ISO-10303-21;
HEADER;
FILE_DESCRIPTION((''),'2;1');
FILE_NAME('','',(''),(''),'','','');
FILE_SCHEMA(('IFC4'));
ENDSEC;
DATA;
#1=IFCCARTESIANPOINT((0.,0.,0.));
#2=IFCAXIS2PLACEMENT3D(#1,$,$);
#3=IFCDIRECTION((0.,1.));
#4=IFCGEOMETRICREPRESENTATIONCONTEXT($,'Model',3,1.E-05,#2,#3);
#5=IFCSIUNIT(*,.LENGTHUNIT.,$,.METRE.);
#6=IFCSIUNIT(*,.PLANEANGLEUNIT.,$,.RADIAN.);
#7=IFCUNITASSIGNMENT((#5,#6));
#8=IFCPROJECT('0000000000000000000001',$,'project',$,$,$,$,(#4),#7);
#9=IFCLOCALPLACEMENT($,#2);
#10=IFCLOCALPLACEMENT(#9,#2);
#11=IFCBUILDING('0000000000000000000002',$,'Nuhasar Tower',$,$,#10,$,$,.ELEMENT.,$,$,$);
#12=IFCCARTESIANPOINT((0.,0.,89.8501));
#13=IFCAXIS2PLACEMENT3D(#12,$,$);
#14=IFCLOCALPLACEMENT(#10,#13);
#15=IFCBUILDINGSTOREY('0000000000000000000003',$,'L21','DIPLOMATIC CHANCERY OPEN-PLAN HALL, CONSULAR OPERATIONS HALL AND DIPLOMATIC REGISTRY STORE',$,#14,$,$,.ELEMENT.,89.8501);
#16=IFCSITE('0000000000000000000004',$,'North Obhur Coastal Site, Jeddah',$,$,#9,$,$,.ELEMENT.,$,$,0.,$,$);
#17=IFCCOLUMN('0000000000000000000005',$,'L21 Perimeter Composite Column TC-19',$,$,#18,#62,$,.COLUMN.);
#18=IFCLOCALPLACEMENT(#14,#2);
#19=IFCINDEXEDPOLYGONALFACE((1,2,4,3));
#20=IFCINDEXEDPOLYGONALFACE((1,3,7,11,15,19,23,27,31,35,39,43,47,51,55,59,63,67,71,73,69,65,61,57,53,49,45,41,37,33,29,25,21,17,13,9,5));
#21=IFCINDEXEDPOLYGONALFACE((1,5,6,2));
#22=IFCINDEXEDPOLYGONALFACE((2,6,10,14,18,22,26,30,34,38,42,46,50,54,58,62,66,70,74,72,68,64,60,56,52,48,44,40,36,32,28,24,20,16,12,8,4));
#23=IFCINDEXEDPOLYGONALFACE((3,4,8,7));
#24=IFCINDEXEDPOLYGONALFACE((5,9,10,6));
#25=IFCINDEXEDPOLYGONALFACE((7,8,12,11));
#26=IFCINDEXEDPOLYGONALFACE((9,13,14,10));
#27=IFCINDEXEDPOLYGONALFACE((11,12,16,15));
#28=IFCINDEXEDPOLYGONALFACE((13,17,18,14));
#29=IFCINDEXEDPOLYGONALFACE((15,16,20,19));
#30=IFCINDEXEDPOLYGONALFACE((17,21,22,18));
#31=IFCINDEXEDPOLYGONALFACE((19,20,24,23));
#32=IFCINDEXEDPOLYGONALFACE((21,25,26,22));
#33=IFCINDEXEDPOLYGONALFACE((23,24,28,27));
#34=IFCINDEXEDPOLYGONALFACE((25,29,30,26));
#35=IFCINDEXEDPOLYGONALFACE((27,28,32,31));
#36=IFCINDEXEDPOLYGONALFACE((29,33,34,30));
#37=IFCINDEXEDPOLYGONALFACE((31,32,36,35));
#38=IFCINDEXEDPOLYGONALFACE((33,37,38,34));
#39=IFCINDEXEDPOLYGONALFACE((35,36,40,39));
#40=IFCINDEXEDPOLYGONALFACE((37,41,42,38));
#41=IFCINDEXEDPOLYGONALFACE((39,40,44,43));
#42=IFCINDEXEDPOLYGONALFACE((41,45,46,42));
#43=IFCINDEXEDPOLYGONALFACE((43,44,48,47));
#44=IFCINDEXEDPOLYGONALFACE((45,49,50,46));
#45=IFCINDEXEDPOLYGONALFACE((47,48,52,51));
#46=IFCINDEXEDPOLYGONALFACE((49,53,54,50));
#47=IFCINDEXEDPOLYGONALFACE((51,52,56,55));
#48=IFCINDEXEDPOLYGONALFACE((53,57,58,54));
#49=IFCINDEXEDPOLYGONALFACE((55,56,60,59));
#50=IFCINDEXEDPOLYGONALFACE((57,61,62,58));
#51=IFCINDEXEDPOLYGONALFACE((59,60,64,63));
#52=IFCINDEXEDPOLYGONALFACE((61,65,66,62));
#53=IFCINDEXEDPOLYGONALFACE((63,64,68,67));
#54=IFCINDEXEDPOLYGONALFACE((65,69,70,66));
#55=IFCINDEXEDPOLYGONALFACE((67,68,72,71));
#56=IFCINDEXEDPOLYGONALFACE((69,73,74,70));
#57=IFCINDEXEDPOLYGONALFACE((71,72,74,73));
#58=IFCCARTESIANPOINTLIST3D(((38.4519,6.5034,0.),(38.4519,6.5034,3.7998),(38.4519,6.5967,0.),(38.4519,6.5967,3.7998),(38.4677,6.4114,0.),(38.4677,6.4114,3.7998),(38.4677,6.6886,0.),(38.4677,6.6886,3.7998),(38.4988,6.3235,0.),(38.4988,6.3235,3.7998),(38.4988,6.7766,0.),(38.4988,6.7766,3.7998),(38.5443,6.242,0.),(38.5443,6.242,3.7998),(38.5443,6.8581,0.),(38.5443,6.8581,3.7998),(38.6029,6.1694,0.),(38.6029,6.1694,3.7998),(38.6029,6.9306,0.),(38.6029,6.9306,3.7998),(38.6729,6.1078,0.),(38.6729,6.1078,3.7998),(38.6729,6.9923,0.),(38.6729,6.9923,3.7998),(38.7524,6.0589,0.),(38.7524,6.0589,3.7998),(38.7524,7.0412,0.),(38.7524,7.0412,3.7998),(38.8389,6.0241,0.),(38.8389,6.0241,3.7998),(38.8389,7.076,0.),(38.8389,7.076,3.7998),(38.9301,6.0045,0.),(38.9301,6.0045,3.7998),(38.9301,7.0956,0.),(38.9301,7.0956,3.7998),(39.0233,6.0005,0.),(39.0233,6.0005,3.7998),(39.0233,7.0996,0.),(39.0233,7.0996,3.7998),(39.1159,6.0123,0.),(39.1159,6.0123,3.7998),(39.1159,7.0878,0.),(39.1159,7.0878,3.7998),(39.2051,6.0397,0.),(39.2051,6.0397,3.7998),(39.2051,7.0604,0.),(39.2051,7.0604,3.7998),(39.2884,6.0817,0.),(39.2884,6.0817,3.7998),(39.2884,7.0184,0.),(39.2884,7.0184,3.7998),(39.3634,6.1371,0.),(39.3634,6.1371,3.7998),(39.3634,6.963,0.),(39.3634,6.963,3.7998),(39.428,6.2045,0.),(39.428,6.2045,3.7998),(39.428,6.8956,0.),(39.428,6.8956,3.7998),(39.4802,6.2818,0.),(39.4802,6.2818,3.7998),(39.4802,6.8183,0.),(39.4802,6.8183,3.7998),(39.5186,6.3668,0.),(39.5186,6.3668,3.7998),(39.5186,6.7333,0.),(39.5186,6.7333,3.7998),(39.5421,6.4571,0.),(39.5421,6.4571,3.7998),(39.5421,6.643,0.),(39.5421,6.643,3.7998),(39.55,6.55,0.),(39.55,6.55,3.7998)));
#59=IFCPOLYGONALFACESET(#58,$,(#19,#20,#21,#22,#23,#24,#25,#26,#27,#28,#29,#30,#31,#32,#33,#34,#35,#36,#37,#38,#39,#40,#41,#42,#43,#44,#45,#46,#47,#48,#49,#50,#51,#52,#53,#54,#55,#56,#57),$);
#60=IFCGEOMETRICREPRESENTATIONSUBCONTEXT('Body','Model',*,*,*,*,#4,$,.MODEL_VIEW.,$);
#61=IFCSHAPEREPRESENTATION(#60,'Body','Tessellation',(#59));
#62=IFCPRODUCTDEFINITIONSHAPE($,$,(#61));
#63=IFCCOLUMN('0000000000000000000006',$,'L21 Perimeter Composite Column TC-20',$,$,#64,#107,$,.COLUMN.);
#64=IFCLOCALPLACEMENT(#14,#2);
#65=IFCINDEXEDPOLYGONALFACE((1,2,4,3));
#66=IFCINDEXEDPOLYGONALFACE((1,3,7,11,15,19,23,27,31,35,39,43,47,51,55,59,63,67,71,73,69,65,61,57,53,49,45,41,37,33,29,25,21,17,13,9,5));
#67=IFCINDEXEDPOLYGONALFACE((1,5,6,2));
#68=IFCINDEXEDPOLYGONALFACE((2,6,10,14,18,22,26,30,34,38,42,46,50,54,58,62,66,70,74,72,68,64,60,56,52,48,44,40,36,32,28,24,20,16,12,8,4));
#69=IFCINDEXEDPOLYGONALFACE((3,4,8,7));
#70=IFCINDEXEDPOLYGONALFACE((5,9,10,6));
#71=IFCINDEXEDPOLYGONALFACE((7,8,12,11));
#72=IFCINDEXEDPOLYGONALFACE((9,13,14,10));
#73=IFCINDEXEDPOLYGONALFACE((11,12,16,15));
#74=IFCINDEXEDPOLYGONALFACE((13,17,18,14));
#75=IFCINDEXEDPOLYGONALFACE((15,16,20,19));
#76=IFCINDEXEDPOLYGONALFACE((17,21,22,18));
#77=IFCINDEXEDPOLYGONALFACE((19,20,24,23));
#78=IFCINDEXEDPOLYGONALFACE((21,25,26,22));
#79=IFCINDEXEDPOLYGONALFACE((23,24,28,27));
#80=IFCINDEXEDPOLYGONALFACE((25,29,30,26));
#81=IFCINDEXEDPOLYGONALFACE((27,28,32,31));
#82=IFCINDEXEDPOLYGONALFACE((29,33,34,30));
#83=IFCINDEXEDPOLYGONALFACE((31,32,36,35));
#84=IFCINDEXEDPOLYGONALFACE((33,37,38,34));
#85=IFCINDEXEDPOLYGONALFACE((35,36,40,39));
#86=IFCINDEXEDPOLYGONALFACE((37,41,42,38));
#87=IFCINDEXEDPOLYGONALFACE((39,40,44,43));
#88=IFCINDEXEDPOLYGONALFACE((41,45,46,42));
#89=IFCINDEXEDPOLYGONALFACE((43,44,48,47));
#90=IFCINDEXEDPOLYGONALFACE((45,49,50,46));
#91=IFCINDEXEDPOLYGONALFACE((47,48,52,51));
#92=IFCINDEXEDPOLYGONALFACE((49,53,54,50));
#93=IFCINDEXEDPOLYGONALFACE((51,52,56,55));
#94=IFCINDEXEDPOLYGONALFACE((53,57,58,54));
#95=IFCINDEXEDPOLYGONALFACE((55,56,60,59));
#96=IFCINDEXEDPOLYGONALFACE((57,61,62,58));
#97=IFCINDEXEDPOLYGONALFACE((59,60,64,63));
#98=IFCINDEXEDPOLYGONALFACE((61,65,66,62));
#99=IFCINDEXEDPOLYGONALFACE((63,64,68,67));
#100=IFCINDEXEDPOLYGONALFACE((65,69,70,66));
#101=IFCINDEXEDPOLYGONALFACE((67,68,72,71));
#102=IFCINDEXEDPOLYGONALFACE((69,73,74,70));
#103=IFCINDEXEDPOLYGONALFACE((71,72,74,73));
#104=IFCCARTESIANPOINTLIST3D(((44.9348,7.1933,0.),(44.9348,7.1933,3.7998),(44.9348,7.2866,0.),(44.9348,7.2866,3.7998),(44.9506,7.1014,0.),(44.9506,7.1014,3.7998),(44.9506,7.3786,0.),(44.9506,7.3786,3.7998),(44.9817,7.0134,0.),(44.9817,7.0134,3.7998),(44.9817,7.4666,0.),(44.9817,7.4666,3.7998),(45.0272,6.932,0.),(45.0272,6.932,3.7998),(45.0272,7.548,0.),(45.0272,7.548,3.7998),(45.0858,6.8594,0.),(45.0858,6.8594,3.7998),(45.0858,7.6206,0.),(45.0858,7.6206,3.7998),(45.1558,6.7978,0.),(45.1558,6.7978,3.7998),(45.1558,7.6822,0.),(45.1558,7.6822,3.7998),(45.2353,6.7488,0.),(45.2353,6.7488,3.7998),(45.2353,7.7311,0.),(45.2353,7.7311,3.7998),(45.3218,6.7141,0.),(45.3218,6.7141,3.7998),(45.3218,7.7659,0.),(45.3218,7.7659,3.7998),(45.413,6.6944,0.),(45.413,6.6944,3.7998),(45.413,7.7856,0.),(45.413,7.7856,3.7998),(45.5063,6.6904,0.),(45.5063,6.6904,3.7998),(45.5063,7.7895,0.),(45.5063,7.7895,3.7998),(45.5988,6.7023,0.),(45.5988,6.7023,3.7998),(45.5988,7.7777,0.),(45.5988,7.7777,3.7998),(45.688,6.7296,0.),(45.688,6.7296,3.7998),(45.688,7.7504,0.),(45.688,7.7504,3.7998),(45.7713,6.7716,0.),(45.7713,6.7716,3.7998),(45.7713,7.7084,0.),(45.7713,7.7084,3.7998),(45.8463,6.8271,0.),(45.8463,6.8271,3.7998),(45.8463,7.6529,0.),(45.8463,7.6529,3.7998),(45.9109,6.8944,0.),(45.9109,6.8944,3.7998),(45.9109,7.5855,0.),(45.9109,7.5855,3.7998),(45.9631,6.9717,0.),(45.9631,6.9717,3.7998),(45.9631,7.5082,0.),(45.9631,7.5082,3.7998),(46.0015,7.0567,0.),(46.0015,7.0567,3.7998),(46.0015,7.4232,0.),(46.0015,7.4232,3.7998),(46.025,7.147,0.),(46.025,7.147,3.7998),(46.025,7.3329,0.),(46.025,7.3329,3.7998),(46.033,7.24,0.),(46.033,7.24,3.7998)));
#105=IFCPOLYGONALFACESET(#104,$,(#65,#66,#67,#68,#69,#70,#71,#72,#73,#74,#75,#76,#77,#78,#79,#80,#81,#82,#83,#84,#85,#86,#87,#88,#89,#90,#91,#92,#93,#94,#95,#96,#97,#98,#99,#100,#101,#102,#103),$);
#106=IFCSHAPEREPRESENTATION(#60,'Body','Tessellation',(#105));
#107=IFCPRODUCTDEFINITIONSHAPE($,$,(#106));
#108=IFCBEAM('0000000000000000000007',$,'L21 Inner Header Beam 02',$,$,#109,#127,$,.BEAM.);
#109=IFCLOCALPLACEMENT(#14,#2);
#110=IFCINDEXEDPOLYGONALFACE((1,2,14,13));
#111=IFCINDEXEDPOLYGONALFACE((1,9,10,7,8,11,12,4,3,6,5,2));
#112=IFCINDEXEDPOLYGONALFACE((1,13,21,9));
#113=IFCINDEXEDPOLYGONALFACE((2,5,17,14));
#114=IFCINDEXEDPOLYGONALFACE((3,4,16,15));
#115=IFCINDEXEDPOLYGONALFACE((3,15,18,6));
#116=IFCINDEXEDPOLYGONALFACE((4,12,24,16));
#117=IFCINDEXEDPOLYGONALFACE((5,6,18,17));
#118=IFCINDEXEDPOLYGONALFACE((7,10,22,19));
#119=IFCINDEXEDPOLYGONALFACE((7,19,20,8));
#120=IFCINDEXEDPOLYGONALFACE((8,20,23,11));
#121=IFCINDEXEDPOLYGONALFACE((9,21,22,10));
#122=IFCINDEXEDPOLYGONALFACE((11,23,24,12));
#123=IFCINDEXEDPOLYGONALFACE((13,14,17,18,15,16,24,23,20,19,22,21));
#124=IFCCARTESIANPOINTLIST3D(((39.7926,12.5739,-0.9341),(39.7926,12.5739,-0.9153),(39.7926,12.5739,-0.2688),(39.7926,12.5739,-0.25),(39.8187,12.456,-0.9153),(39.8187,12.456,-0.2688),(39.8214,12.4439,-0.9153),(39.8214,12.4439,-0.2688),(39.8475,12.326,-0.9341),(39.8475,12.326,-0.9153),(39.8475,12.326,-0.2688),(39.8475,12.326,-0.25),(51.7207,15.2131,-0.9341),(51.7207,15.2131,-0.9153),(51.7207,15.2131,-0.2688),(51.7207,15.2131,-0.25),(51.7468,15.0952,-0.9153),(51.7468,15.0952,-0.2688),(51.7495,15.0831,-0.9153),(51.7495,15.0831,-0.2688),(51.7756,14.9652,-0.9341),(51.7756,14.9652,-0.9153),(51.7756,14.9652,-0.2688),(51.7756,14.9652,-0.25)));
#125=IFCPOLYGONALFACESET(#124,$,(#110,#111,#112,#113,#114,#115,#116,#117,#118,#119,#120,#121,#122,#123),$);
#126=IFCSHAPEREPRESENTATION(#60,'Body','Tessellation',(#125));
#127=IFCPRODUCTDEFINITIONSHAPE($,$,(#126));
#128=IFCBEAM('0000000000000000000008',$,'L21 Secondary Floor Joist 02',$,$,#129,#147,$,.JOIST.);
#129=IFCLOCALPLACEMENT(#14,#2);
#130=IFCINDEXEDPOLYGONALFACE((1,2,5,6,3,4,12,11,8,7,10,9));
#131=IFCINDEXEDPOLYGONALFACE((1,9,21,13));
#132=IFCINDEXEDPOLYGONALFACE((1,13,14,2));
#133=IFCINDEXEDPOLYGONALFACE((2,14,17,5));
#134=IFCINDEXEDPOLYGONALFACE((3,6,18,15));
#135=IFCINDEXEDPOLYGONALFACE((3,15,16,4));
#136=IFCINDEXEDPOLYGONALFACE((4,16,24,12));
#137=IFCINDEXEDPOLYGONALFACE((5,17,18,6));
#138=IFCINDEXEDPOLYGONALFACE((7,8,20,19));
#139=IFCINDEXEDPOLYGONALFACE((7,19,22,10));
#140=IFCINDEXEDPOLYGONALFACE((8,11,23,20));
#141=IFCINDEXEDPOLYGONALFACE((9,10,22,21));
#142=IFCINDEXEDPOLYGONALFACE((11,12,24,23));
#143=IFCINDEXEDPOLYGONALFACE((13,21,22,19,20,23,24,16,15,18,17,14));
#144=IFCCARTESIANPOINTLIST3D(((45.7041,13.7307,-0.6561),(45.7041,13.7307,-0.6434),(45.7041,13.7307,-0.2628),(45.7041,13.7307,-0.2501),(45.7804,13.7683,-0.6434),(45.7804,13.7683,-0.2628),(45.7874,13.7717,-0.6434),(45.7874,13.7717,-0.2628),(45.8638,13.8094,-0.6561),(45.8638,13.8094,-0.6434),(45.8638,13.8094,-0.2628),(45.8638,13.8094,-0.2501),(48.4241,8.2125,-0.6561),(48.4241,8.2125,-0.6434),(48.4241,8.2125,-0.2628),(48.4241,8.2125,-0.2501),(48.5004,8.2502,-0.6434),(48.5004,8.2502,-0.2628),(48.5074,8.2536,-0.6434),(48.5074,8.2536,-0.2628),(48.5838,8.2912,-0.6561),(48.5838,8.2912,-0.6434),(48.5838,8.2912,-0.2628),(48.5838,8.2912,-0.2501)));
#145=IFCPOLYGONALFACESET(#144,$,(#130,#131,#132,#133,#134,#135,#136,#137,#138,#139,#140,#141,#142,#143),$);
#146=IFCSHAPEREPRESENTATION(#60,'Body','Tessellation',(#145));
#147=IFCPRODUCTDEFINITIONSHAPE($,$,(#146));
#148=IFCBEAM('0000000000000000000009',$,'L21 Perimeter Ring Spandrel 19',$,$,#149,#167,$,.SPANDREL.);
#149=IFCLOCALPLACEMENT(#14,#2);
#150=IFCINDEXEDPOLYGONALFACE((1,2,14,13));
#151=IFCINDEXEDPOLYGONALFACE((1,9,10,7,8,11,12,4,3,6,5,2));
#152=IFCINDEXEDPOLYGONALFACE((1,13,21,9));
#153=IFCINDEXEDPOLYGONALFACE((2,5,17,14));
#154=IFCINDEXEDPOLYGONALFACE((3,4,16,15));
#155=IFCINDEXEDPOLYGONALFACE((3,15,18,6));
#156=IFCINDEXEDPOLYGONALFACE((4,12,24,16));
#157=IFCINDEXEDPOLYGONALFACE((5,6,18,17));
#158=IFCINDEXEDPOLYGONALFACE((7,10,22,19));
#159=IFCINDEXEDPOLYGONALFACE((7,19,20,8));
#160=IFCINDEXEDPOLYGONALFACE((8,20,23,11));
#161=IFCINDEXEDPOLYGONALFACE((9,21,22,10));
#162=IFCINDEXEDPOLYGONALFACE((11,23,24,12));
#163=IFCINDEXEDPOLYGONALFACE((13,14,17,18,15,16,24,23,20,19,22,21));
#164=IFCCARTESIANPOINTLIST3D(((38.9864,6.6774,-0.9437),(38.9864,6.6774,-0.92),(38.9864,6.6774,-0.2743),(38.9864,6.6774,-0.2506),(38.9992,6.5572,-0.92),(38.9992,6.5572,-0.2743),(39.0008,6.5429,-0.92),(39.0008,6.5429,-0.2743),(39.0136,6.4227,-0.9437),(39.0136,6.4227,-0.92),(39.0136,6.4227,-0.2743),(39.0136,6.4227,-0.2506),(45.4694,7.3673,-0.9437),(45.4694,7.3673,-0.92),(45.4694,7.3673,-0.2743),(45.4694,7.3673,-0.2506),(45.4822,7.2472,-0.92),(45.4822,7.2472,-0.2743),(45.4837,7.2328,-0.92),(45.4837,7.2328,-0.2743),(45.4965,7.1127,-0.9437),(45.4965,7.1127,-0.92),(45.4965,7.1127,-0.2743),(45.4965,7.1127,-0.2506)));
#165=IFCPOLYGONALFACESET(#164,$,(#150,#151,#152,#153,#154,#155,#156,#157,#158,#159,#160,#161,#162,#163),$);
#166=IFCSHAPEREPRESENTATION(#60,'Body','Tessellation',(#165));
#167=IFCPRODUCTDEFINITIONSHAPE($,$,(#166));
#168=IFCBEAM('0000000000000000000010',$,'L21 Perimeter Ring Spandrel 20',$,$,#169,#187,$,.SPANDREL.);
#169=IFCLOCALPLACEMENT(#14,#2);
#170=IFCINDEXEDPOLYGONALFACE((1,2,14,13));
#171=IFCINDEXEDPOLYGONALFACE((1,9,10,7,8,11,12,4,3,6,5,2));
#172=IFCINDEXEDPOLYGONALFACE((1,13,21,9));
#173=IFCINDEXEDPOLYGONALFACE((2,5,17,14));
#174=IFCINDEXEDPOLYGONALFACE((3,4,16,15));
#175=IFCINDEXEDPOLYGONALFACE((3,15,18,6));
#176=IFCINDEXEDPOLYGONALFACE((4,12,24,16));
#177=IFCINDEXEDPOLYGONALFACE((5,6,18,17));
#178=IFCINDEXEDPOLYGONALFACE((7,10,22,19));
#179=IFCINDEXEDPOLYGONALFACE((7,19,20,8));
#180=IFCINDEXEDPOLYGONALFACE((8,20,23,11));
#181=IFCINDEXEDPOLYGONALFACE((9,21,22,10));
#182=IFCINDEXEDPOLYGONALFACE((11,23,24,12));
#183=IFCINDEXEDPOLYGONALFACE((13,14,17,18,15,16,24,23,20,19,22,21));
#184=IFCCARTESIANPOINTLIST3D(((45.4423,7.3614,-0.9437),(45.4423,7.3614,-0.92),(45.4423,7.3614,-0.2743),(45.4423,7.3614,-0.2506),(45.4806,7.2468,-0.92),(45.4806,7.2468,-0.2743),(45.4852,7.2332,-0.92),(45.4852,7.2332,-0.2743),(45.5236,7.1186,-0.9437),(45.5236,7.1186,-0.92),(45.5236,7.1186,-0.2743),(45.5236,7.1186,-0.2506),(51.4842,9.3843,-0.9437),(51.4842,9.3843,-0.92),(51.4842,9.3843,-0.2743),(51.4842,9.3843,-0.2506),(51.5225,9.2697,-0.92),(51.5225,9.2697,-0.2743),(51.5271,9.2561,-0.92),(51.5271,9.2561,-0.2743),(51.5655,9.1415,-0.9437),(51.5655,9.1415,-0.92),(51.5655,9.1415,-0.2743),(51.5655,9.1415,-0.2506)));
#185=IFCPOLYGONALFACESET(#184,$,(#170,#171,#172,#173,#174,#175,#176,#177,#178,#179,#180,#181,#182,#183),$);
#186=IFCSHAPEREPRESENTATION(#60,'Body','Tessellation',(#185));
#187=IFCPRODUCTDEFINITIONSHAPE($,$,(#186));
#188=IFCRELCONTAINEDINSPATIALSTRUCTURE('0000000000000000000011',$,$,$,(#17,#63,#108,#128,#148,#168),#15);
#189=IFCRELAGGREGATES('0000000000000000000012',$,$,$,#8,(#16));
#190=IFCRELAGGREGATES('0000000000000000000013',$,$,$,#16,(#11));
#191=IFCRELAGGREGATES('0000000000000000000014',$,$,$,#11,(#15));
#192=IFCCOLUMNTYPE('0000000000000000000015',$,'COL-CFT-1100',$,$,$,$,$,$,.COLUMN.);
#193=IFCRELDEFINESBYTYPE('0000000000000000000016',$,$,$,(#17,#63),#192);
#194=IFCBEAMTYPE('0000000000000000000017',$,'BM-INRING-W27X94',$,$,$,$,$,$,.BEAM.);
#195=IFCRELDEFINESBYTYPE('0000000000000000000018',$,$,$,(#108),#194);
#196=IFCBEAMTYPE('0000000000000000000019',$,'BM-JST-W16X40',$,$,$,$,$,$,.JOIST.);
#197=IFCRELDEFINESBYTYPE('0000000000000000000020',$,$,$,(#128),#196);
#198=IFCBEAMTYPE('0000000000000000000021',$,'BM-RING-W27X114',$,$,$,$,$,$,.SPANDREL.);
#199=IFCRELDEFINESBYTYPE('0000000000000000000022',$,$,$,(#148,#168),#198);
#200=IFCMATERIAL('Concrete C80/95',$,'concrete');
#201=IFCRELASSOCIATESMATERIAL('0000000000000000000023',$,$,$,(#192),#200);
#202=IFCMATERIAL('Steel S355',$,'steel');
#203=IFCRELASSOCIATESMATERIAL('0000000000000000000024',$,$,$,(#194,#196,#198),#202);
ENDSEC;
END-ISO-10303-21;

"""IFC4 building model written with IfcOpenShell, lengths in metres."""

from ifc_helpers import new_model, si_unit, direction, frame, origin, origin_2d, place, context, subcontext, project, spatial, circle, i_section, extrude, material, material_profile, profile_set, type_object, element, save


model = new_model("IFC4")

# Units and contexts
model_context = context("Model", 3, precision=1e-05, world=origin(), true_north=direction((0.0, 1.0)))
body_context = subcontext(model_context, "Body", "Model", "MODEL_VIEW")
ifc_project = project(units=[si_unit("LENGTHUNIT", "METRE"), si_unit("PLANEANGLEUNIT", "RADIAN")], contexts=[model_context])

# Site, building, storey
site_placement = place(None, origin())
site = spatial("IfcSite", under=ifc_project, at=site_placement, Name="North Obhur Coastal Site, Jeddah", CompositionType="ELEMENT", RefElevation=0.0)
building_placement = place(site_placement, origin())
building = spatial("IfcBuilding", under=site, at=building_placement, Name="Nuhasar Tower", CompositionType="ELEMENT")
storey_placement = place(building_placement, frame((0.0, 0.0, 89.8501)))
storey = spatial("IfcBuildingStorey", under=building, at=storey_placement, Name="L21", Description="DIPLOMATIC CHANCERY OPEN-PLAN HALL, CONSULAR OPERATIONS HALL AND DIPLOMATIC REGISTRY STORE", CompositionType="ELEMENT", Elevation=89.8501)

# Columns
ifc_material_1 = material(Name="Concrete C80/95", Category="concrete")
ifc_material_profile_1 = material_profile(ifc_material_1, circle(Radius=0.55, at=origin_2d()), Name="CFT1100")
ifc_profile_set_1 = profile_set([ifc_material_profile_1], Name="Concrete C80/95")
column_type = type_object("IfcColumnType", Name="COL-CFT-1100", PredefinedType="COLUMN", material=ifc_profile_set_1)
for number, where, z_axis, x_axis, name in (
    (1, (39.0, 6.55, 0.0), (0.0, 0.0, 1.0), (1.0, 0.0, 0.0), "L21 Perimeter Composite Column TC-19"),
    (2, (45.4829, 7.24, 0.0), (0.0, 0.0, 1.0), (1.0, 0.0, 0.0), "L21 Perimeter Composite Column TC-20"),
):
    element("IfcColumn", number, at=place(storey_placement, frame(where, z_axis=z_axis, x_axis=x_axis)), inside=storey, type_object=column_type, Name=name, PredefinedType="COLUMN", context=body_context, shape_type="SweptSolid", body=[
        extrude(circle(Radius=0.55, at=origin_2d()), origin(), (0.0, 0.0, 1.0), 3.7998),
    ])

# Beams
ifc_material_2 = material(Name="Steel S355", Category="steel")
ifc_material_profile_2 = material_profile(ifc_material_2, i_section(OverallWidth=0.2539, OverallDepth=0.6841, WebThickness=0.0125, FlangeThickness=0.0188, at=origin_2d()), Name="W27X94")
ifc_profile_set_2 = profile_set([ifc_material_profile_2], Name="Steel S355")
beam_type_1 = type_object("IfcBeamType", Name="BM-INRING-W27X94", PredefinedType="BEAM", material=ifc_profile_set_2)
beam_1_placement = place(storey_placement, frame((39.8201, 12.45, -0.592), z_axis=(0.976386, 0.216033, 0.0), x_axis=(-0.216033, 0.976386, 0.0)))
element("IfcBeam", 3, at=beam_1_placement, inside=storey, type_object=beam_type_1, Name="L21 Inner Header Beam 02", PredefinedType="BEAM", context=body_context, shape_type="SweptSolid", body=[
    extrude(i_section(OverallWidth=0.2539, OverallDepth=0.6841, WebThickness=0.0125, FlangeThickness=0.0188, at=origin_2d()), origin(), (0.0, 0.0, 1.0), 12.2166),
])
ifc_material_profile_3 = material_profile(ifc_material_2, i_section(OverallWidth=0.178, OverallDepth=0.406, WebThickness=0.0078, FlangeThickness=0.0127, at=origin_2d()), Name="W16X40")
ifc_profile_set_3 = profile_set([ifc_material_profile_3], Name="Steel S355")
beam_type_2 = type_object("IfcBeamType", Name="BM-JST-W16X40", PredefinedType="JOIST", material=ifc_profile_set_3)
beam_2_placement = place(storey_placement, frame((45.7839, 13.77, -0.4531), z_axis=(0.442127, -0.896953, 0.0), x_axis=(0.896953, 0.442127, 0.0)))
element("IfcBeam", 4, at=beam_2_placement, inside=storey, type_object=beam_type_2, Name="L21 Secondary Floor Joist 02", PredefinedType="JOIST", context=body_context, shape_type="SweptSolid", body=[
    extrude(i_section(OverallWidth=0.178, OverallDepth=0.406, WebThickness=0.0078, FlangeThickness=0.0127, at=origin_2d()), origin(), (0.0, 0.0, 1.0), 6.1521),
])
ifc_material_profile_4 = material_profile(ifc_material_2, i_section(OverallWidth=0.2561, OverallDepth=0.6931, WebThickness=0.0144, FlangeThickness=0.0237, at=origin_2d()), Name="W27X114")
ifc_profile_set_4 = profile_set([ifc_material_profile_4], Name="Steel S355")
beam_type_3 = type_object("IfcBeamType", Name="BM-RING-W27X114", PredefinedType="SPANDREL", material=ifc_profile_set_4)
beam_3_placement = place(storey_placement, frame((39.0, 6.55, -0.5972), z_axis=(0.994385, 0.105827, 0.0), x_axis=(-0.105827, 0.994385, 0.0)))
element("IfcBeam", 5, at=beam_3_placement, inside=storey, type_object=beam_type_3, Name="L21 Perimeter Ring Spandrel 19", PredefinedType="SPANDREL", context=body_context, shape_type="SweptSolid", body=[
    extrude(i_section(OverallWidth=0.2561, OverallDepth=0.6931, WebThickness=0.0144, FlangeThickness=0.0237, at=origin_2d()), origin(), (0.0, 0.0, 1.0), 6.5195),
])
beam_4_placement = place(storey_placement, frame((45.4829, 7.24, -0.5972), z_axis=(0.948261, 0.317492, 0.0), x_axis=(-0.317492, 0.948261, 0.0)))
element("IfcBeam", 6, at=beam_4_placement, inside=storey, type_object=beam_type_3, Name="L21 Perimeter Ring Spandrel 20", PredefinedType="SPANDREL", context=body_context, shape_type="SweptSolid", body=[
    extrude(i_section(OverallWidth=0.2561, OverallDepth=0.6931, WebThickness=0.0144, FlangeThickness=0.0237, at=origin_2d()), origin(), (0.0, 0.0, 1.0), 6.3716),
])

save(model, "model.ifc")
